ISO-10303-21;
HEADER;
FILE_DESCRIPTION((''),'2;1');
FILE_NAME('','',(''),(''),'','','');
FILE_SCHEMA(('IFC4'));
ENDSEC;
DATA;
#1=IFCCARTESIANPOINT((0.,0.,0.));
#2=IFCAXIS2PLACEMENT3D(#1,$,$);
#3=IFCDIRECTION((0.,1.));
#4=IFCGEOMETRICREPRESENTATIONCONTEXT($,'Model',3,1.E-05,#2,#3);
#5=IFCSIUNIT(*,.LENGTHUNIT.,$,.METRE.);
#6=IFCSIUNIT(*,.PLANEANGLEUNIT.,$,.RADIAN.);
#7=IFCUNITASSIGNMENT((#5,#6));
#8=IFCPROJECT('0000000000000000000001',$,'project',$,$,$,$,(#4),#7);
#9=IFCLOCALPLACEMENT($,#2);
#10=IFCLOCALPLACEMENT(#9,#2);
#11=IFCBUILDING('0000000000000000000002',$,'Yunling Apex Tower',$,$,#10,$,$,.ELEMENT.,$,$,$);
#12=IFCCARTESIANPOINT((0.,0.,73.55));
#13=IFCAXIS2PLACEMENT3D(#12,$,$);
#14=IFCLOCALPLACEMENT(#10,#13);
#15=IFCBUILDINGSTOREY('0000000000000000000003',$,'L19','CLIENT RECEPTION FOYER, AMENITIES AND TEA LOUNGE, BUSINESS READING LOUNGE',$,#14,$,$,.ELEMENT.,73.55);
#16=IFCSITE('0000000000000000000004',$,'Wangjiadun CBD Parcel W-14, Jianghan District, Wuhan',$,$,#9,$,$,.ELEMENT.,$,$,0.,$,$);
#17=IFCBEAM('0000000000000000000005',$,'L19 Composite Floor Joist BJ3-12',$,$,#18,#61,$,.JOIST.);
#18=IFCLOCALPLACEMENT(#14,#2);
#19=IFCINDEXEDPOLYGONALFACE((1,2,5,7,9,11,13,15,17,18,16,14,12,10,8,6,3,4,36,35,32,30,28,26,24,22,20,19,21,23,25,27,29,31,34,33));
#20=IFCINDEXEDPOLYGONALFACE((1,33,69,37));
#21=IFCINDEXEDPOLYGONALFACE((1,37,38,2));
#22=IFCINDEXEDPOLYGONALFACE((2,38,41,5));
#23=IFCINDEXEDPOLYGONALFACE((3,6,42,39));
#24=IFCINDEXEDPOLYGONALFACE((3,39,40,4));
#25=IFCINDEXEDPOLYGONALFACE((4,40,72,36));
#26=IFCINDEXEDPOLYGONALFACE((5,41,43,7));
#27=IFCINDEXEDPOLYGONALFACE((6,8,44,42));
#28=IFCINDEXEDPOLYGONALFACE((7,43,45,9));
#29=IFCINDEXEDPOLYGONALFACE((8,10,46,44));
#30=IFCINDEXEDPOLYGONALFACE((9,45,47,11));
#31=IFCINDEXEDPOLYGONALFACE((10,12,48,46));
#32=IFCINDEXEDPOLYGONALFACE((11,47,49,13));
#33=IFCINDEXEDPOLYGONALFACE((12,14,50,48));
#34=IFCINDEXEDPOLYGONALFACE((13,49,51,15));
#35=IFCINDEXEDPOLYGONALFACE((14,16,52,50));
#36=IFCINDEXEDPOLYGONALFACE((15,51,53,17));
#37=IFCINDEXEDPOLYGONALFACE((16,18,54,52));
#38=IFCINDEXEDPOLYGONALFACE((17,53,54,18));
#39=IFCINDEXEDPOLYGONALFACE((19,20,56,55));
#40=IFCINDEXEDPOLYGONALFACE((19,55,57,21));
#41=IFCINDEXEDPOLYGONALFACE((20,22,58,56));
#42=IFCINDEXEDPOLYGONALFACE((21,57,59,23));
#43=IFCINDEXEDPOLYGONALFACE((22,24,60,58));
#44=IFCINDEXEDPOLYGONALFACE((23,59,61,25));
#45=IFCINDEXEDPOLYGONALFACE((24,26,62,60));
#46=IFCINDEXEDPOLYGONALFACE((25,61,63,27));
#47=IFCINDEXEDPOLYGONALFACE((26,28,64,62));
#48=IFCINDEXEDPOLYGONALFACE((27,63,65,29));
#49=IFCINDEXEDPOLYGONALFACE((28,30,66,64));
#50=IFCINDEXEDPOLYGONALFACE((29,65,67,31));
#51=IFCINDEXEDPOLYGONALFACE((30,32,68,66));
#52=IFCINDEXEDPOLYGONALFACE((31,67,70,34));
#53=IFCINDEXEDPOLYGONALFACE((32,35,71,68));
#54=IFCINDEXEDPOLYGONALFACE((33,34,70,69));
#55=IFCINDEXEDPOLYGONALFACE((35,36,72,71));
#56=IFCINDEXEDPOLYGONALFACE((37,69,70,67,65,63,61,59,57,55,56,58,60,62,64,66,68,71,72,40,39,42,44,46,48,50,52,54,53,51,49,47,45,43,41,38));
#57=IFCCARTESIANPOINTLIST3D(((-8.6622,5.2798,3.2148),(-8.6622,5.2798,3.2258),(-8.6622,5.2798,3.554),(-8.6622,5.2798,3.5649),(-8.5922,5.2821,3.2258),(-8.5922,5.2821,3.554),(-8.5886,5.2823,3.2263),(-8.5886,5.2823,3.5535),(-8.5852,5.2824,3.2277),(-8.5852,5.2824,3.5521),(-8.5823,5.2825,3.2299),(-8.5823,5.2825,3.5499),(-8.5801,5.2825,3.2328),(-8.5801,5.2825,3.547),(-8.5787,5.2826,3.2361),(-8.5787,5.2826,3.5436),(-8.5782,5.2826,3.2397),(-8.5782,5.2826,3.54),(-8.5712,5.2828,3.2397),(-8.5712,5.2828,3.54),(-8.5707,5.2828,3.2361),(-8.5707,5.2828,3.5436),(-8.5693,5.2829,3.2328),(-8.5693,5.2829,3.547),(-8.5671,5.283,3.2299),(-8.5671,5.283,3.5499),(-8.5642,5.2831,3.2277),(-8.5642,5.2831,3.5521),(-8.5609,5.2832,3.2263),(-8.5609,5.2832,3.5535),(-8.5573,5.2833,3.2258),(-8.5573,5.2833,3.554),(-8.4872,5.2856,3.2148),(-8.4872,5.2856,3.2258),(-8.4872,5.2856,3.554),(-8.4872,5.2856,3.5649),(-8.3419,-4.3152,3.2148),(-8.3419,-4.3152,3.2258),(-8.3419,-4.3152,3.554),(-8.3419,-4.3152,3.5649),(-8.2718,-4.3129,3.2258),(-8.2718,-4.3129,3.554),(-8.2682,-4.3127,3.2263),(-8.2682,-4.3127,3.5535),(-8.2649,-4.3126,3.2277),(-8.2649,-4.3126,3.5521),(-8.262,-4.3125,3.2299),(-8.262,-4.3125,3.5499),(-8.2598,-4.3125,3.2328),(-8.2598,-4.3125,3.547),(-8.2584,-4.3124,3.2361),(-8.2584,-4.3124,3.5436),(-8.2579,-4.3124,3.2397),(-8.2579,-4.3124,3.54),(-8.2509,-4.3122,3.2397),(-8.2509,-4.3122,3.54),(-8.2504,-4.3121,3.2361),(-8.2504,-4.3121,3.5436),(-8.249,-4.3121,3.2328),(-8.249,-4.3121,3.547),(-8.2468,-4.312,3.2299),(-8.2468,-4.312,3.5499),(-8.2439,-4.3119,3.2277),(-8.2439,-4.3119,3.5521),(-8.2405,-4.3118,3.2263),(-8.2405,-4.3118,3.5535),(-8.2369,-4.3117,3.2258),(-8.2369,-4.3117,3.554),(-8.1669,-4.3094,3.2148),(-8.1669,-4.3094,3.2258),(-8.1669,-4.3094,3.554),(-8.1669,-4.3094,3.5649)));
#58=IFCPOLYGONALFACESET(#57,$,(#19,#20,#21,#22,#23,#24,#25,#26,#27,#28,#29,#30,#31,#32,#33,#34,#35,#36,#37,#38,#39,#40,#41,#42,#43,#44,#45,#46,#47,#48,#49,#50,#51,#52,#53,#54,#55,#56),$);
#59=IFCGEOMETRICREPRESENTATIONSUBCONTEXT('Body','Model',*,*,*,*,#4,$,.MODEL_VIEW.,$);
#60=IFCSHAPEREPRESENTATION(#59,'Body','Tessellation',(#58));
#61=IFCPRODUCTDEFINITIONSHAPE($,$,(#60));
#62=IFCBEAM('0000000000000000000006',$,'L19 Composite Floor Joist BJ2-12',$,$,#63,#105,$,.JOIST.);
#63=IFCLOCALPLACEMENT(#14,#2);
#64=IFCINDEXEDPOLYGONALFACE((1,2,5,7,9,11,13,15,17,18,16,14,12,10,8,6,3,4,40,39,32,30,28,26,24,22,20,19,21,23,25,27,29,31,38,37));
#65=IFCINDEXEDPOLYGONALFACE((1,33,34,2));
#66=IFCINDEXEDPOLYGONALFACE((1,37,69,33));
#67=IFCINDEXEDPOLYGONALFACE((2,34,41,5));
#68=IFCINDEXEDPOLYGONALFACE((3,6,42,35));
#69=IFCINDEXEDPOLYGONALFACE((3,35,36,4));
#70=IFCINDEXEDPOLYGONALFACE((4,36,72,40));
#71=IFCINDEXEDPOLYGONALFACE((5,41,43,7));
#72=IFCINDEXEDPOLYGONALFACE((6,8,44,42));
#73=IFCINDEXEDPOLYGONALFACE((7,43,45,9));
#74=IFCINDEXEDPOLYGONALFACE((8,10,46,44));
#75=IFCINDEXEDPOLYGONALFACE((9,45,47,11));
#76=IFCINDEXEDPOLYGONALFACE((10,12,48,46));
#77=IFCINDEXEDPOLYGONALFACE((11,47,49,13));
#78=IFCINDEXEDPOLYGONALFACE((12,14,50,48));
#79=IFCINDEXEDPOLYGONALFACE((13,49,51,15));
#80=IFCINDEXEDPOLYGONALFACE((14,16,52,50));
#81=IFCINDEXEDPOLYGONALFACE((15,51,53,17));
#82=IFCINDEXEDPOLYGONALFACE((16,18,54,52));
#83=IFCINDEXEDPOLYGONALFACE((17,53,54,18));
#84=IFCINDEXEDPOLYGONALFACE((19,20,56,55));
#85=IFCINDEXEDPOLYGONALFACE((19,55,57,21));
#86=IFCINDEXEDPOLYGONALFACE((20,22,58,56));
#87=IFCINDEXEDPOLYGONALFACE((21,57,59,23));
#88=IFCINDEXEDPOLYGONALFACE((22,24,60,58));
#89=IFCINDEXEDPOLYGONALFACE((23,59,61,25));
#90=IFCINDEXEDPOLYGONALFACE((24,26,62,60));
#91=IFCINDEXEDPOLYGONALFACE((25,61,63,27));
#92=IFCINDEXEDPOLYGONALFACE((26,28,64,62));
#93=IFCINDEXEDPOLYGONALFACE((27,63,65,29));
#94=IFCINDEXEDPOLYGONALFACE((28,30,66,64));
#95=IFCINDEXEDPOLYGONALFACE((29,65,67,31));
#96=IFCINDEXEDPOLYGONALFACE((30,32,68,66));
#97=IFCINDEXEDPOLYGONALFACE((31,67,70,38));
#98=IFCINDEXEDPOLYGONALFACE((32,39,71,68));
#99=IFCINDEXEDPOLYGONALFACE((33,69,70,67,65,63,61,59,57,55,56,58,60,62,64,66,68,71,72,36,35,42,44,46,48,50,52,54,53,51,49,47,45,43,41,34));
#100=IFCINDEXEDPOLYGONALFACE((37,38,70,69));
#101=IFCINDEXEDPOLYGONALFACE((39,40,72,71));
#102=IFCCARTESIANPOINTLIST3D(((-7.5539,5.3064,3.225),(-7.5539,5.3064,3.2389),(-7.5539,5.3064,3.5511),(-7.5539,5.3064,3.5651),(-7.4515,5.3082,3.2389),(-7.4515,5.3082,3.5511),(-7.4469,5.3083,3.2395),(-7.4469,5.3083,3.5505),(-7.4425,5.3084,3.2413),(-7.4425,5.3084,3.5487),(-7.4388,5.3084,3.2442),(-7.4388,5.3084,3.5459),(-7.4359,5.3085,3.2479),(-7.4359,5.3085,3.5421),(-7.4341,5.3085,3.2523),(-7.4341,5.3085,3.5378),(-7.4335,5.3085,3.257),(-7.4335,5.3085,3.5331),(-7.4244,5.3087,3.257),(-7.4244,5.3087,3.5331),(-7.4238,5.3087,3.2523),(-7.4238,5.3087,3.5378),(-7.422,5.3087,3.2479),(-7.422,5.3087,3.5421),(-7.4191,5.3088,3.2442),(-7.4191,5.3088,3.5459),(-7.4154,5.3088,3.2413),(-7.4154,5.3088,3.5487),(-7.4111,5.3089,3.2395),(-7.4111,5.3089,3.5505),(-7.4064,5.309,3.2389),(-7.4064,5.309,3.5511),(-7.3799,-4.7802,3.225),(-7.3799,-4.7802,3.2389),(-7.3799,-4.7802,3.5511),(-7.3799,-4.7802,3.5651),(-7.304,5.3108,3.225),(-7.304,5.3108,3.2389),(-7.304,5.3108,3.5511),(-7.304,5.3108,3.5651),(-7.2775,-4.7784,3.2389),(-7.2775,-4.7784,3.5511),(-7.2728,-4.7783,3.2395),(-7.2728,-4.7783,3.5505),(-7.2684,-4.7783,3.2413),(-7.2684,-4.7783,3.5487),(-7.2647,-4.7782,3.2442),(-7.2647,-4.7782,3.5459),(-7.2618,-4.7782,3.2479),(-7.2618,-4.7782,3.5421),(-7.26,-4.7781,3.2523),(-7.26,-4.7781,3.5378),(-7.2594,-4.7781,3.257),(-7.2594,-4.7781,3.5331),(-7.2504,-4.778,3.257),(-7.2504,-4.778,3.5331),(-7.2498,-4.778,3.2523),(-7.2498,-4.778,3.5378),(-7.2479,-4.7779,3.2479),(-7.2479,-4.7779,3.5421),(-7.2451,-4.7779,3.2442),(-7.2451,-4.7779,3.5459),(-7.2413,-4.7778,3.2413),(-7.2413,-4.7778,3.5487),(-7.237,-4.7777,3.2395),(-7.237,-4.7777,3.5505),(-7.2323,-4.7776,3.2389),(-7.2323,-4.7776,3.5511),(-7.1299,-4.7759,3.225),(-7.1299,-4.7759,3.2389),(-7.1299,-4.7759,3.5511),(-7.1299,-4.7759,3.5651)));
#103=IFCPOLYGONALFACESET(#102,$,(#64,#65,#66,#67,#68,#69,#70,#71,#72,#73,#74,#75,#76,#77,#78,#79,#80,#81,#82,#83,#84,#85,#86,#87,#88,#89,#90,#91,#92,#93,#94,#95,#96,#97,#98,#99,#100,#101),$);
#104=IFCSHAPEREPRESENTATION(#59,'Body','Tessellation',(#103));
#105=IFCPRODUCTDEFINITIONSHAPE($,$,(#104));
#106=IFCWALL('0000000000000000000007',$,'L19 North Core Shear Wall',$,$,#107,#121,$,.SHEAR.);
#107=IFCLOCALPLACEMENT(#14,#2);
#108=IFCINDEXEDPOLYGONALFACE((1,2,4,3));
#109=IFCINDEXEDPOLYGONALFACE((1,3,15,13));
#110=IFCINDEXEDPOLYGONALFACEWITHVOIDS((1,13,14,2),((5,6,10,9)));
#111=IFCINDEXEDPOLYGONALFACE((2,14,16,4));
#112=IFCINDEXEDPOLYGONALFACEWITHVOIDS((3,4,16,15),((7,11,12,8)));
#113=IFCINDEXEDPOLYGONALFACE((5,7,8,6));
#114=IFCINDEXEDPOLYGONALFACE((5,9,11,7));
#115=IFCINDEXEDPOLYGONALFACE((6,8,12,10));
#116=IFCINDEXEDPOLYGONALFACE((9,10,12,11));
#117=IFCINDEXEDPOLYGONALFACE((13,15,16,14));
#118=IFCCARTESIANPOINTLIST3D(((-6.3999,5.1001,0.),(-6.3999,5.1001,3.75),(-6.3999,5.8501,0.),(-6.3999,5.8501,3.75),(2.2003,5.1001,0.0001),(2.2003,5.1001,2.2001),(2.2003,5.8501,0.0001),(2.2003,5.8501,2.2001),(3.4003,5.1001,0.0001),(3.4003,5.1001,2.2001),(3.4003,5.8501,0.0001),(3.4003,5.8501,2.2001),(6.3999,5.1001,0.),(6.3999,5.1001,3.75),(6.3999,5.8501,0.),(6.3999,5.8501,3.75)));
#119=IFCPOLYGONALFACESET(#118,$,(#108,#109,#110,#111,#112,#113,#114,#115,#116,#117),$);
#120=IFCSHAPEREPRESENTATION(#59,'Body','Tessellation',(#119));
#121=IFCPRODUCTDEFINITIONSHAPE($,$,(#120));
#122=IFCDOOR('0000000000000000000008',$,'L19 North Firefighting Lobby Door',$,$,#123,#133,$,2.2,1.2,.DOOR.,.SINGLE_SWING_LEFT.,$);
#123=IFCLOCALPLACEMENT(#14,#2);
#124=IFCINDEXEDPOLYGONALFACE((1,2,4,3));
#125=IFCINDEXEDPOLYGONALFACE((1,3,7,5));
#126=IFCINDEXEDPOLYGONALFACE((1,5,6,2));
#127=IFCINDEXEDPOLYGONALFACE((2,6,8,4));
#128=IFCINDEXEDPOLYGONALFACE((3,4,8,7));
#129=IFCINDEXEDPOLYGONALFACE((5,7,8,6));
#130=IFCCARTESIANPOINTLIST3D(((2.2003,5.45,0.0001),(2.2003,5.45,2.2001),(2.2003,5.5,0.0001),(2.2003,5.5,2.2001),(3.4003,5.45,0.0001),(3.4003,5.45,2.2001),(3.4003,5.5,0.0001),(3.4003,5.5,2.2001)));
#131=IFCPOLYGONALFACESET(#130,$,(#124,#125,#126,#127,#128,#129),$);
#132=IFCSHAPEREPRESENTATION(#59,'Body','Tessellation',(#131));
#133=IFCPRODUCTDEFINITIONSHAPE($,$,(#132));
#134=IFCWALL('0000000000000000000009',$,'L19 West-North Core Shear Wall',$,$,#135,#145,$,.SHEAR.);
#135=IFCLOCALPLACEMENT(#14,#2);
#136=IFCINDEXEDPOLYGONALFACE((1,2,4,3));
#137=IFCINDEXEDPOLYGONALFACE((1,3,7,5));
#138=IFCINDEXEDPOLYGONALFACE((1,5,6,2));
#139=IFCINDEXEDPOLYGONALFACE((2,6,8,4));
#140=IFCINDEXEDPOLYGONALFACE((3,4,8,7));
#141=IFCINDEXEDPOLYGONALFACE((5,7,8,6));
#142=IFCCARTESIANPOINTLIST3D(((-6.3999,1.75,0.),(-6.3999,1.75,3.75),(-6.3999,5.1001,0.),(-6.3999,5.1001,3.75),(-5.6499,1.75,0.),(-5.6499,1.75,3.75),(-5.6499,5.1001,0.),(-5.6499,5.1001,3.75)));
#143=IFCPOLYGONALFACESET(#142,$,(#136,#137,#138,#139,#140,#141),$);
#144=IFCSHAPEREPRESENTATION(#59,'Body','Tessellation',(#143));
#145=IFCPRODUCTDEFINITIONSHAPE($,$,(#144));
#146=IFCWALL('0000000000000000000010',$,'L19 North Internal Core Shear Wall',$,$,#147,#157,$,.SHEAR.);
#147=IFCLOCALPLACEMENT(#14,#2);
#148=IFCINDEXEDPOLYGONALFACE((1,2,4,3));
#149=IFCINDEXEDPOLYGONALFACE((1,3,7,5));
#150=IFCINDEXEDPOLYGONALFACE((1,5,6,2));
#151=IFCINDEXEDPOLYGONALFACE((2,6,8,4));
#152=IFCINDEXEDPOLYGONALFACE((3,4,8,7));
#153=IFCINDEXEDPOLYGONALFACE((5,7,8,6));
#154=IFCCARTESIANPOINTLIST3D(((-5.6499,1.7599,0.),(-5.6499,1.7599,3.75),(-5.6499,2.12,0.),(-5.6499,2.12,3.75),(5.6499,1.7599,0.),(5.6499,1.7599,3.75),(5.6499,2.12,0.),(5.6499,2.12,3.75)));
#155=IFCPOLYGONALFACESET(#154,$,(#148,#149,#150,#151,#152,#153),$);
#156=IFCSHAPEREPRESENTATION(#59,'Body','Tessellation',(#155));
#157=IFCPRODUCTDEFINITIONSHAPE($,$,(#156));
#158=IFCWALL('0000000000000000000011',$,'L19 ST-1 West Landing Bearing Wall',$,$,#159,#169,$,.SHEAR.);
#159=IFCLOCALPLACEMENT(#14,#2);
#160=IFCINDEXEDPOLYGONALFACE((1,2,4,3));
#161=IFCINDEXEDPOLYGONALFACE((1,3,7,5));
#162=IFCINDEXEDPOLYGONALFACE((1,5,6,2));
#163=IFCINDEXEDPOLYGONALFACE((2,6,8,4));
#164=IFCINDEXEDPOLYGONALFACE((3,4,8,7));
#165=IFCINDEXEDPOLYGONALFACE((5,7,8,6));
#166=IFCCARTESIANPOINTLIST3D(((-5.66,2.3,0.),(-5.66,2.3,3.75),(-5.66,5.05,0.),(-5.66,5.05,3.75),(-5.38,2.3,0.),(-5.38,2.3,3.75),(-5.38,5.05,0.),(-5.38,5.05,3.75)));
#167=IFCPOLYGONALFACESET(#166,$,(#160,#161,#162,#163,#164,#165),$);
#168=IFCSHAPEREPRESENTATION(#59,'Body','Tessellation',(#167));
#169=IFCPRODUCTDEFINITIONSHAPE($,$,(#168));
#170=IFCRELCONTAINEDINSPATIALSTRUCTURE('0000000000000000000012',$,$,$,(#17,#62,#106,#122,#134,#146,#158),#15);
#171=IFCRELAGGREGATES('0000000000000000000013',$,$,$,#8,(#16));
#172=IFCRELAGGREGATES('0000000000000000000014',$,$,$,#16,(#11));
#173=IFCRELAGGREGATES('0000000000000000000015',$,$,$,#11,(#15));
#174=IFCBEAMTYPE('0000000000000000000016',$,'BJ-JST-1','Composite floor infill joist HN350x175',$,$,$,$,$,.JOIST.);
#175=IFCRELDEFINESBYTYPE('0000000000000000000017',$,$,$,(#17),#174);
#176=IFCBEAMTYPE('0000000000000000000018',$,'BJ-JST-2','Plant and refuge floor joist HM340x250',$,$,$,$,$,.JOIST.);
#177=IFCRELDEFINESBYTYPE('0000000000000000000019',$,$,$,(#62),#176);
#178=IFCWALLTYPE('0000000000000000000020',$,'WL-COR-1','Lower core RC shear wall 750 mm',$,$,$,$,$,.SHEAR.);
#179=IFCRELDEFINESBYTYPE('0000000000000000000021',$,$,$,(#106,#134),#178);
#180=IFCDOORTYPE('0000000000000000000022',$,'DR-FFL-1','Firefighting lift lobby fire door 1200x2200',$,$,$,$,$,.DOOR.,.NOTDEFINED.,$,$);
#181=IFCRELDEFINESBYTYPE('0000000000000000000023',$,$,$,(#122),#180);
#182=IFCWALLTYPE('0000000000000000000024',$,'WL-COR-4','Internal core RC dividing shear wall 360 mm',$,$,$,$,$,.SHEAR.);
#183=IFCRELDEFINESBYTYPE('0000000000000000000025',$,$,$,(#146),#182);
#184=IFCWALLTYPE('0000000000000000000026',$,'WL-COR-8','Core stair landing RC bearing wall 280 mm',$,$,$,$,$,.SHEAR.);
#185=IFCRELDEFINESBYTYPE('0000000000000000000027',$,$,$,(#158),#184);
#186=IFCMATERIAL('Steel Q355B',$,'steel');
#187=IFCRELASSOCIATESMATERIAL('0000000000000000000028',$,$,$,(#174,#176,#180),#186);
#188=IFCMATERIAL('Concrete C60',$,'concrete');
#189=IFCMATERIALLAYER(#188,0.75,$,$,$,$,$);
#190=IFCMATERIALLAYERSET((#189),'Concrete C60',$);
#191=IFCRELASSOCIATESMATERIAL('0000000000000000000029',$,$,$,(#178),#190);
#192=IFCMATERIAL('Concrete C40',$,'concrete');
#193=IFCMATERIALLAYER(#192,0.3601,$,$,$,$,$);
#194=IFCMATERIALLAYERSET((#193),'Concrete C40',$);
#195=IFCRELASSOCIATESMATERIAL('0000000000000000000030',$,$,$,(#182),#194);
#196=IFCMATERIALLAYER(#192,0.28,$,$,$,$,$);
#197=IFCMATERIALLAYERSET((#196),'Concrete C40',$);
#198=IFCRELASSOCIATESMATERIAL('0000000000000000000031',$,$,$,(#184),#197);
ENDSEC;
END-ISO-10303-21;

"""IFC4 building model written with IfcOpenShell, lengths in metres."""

from ifc_helpers import new_model, si_unit, direction, frame, frame_2d, origin, origin_2d, place, context, subcontext, project, spatial, rectangle, i_section, extrude, source, transform, mapped, material, layer, layer_set, material_profile, profile_set, type_object, element, fill, save


model = new_model("IFC4")

# Units and contexts
model_context = context("Model", 3, precision=1e-05, world=origin(), true_north=direction((0.0, 1.0)))
body_context = subcontext(model_context, "Body", "Model", "MODEL_VIEW")
ifc_project = project(units=[si_unit("LENGTHUNIT", "METRE"), si_unit("PLANEANGLEUNIT", "RADIAN")], contexts=[model_context])

# Site, building, storey
site_placement = place(None, origin())
site = spatial("IfcSite", under=ifc_project, at=site_placement, Name="Wangjiadun CBD Parcel W-14, Jianghan District, Wuhan", CompositionType="ELEMENT", RefElevation=0.0)
building_placement = place(site_placement, origin())
building = spatial("IfcBuilding", under=site, at=building_placement, Name="Yunling Apex Tower", CompositionType="ELEMENT")
storey_placement = place(building_placement, frame((0.0, 0.0, 73.55)))
storey = spatial("IfcBuildingStorey", under=building, at=storey_placement, Name="L19", Description="CLIENT RECEPTION FOYER, AMENITIES AND TEA LOUNGE, BUSINESS READING LOUNGE", CompositionType="ELEMENT", Elevation=73.55)

# Shared definitions
ifc_material_1 = material(Name="Concrete C60", Category="concrete")

# Beams
ifc_material_2 = material(Name="Steel Q355B", Category="steel")
ifc_material_profile_1 = material_profile(ifc_material_2, i_section(OverallWidth=0.175, OverallDepth=0.3501, WebThickness=0.0071, FlangeThickness=0.011, FilletRadius=0.0139, at=origin_2d()))
ifc_profile_set_1 = profile_set([ifc_material_profile_1], Name="Steel Q355B")
beam_type_1 = type_object("IfcBeamType", Name="BJ-JST-1", Description="Composite floor infill joist HN350x175", PredefinedType="JOIST", material=ifc_profile_set_1)
ifc_material_profile_2 = material_profile(ifc_material_2, i_section(OverallWidth=0.25, OverallDepth=0.3401, WebThickness=0.009, FlangeThickness=0.0139, FilletRadius=0.0181, at=origin_2d()))
ifc_profile_set_2 = profile_set([ifc_material_profile_2], Name="Steel Q355B")
beam_type_2 = type_object("IfcBeamType", Name="BJ-JST-2", Description="Plant and refuge floor joist HM340x250", PredefinedType="JOIST", material=ifc_profile_set_2)
shared_shape_1 = source(origin(), body_context, "Body", "SweptSolid", [
    extrude(i_section(OverallWidth=0.175, OverallDepth=0.3501, WebThickness=0.0071, FlangeThickness=0.011, FilletRadius=0.0139, at=origin_2d()), origin(), (0.0, 0.0, 1.0), 9.6003),
])
beam_1_placement = place(storey_placement, frame((-8.5747, 5.2827, 3.3899), z_axis=(0.033365, -0.999443, 0.0), x_axis=(0.999443, 0.033365, 0.0)))
element("IfcBeam", 1, at=beam_1_placement, inside=storey, type_object=beam_type_1, Name="L19 Composite Floor Joist BJ3-12", PredefinedType="JOIST", context=body_context, shape_type="MappedRepresentation", body=[
    mapped(shared_shape_1, transform((0.0, 0.0, 0.0), scale=1.0)),
])
shared_shape_2 = source(origin(), body_context, "Body", "SweptSolid", [
    extrude(i_section(OverallWidth=0.25, OverallDepth=0.3401, WebThickness=0.009, FlangeThickness=0.0139, FilletRadius=0.0181, at=origin_2d()), origin(), (0.0, 0.0, 1.0), 10.0881),
])
beam_2_placement = place(storey_placement, frame((-7.429, 5.3086, 3.395), z_axis=(0.017255, -0.999851, 0.0), x_axis=(0.999851, 0.017255, 0.0)))
element("IfcBeam", 2, at=beam_2_placement, inside=storey, type_object=beam_type_2, Name="L19 Composite Floor Joist BJ2-12", PredefinedType="JOIST", context=body_context, shape_type="MappedRepresentation", body=[
    mapped(shared_shape_2, transform((0.0, 0.0, 0.0), scale=1.0)),
])

# Wall, opening, door
ifc_layer_1 = layer(ifc_material_1, 0.75)
ifc_layer_set_1 = layer_set([ifc_layer_1], Name="Concrete C60")
wall_type_1 = type_object("IfcWallType", Name="WL-COR-1", Description="Lower core RC shear wall 750 mm", PredefinedType="SHEAR", material=ifc_layer_set_1)
wall_1_placement = place(storey_placement, frame((-6.3999, 5.4751, 0.0), z_axis=(0.0, 0.0, 1.0), x_axis=(1.0, 0.0, 0.0)))
wall_1 = element("IfcWall", 3, at=wall_1_placement, inside=storey, type_object=wall_type_1, Name="L19 North Core Shear Wall", PredefinedType="SHEAR", context=body_context, shape_type="SweptSolid", body=[
    extrude(rectangle(XDim=12.7998, YDim=0.75, at=frame_2d((6.3999, 0.0))), origin(), (0.0, 0.0, 1.0), 3.75),
])
opening_1_placement = place(wall_1_placement, frame((8.6001, 0.0, 0.0)))
opening_1 = element("IfcOpeningElement", 4, at=opening_1_placement, cuts=wall_1, PredefinedType="OPENING", context=body_context, shape_type="SweptSolid", body=[
    extrude(rectangle(XDim=1.2, YDim=2.2, at=frame_2d((0.6001, 1.1001))), frame((0.0, 0.385, 0.0), z_axis=(0.0, -1.0, 0.0), x_axis=(1.0, 0.0, 0.0)), (0.0, 0.0, 1.0), 0.77),
])
door_type_1 = type_object("IfcDoorType", Name="DR-FFL-1", Description="Firefighting lift lobby fire door 1200x2200", OperationType="NOTDEFINED", PredefinedType="DOOR", material=ifc_material_2)
door_1_placement = place(opening_1_placement, origin())
door_1 = element("IfcDoor", 5, at=door_1_placement, inside=storey, type_object=door_type_1, Name="L19 North Firefighting Lobby Door", OperationType="SINGLE_SWING_LEFT", OverallHeight=2.2, OverallWidth=1.2, PredefinedType="DOOR", context=body_context, shape_type="SweptSolid", body=[
    extrude(rectangle(XDim=1.2, YDim=2.2, at=frame_2d((0.6001, 1.1001))), frame((0.0, 0.0249, 0.0), z_axis=(0.0, -1.0, 0.0), x_axis=(1.0, 0.0, 0.0)), (0.0, 0.0, 1.0), 0.05),
])
fill(opening_1, door_1)

# Walls
wall_2_placement = place(storey_placement, frame((-6.0249, 1.75, 0.0), z_axis=(0.0, 0.0, 1.0), x_axis=(0.0, 1.0, 0.0)))
element("IfcWall", 6, at=wall_2_placement, inside=storey, type_object=wall_type_1, Name="L19 West-North Core Shear Wall", PredefinedType="SHEAR", context=body_context, shape_type="SweptSolid", body=[
    extrude(rectangle(XDim=3.3501, YDim=0.75, at=frame_2d((1.675, 0.0))), origin(), (0.0, 0.0, 1.0), 3.75),
])
ifc_material_3 = material(Name="Concrete C40", Category="concrete")
ifc_layer_2 = layer(ifc_material_3, 0.3601)
ifc_layer_set_2 = layer_set([ifc_layer_2], Name="Concrete C40")
wall_type_2 = type_object("IfcWallType", Name="WL-COR-4", Description="Internal core RC dividing shear wall 360 mm", PredefinedType="SHEAR", material=ifc_layer_set_2)
wall_3_placement = place(storey_placement, frame((-5.6499, 1.9399, 0.0), z_axis=(0.0, 0.0, 1.0), x_axis=(1.0, 0.0, 0.0)))
element("IfcWall", 7, at=wall_3_placement, inside=storey, type_object=wall_type_2, Name="L19 North Internal Core Shear Wall", PredefinedType="SHEAR", context=body_context, shape_type="SweptSolid", body=[
    extrude(rectangle(XDim=11.2998, YDim=0.3601, at=frame_2d((5.6499, 0.0))), origin(), (0.0, 0.0, 1.0), 3.75),
])
ifc_layer_3 = layer(ifc_material_3, 0.28)
ifc_layer_set_3 = layer_set([ifc_layer_3], Name="Concrete C40")
wall_type_3 = type_object("IfcWallType", Name="WL-COR-8", Description="Core stair landing RC bearing wall 280 mm", PredefinedType="SHEAR", material=ifc_layer_set_3)
wall_4_placement = place(storey_placement, frame((-5.52, 2.3, 0.0), z_axis=(0.0, 0.0, 1.0), x_axis=(0.0, 1.0, 0.0)))
element("IfcWall", 8, at=wall_4_placement, inside=storey, type_object=wall_type_3, Name="L19 ST-1 West Landing Bearing Wall", PredefinedType="SHEAR", context=body_context, shape_type="SweptSolid", body=[
    extrude(rectangle(XDim=2.75, YDim=0.28, at=frame_2d((1.375, 0.0))), origin(), (0.0, 0.0, 1.0), 3.75),
])

save(model, "model.ifc")
